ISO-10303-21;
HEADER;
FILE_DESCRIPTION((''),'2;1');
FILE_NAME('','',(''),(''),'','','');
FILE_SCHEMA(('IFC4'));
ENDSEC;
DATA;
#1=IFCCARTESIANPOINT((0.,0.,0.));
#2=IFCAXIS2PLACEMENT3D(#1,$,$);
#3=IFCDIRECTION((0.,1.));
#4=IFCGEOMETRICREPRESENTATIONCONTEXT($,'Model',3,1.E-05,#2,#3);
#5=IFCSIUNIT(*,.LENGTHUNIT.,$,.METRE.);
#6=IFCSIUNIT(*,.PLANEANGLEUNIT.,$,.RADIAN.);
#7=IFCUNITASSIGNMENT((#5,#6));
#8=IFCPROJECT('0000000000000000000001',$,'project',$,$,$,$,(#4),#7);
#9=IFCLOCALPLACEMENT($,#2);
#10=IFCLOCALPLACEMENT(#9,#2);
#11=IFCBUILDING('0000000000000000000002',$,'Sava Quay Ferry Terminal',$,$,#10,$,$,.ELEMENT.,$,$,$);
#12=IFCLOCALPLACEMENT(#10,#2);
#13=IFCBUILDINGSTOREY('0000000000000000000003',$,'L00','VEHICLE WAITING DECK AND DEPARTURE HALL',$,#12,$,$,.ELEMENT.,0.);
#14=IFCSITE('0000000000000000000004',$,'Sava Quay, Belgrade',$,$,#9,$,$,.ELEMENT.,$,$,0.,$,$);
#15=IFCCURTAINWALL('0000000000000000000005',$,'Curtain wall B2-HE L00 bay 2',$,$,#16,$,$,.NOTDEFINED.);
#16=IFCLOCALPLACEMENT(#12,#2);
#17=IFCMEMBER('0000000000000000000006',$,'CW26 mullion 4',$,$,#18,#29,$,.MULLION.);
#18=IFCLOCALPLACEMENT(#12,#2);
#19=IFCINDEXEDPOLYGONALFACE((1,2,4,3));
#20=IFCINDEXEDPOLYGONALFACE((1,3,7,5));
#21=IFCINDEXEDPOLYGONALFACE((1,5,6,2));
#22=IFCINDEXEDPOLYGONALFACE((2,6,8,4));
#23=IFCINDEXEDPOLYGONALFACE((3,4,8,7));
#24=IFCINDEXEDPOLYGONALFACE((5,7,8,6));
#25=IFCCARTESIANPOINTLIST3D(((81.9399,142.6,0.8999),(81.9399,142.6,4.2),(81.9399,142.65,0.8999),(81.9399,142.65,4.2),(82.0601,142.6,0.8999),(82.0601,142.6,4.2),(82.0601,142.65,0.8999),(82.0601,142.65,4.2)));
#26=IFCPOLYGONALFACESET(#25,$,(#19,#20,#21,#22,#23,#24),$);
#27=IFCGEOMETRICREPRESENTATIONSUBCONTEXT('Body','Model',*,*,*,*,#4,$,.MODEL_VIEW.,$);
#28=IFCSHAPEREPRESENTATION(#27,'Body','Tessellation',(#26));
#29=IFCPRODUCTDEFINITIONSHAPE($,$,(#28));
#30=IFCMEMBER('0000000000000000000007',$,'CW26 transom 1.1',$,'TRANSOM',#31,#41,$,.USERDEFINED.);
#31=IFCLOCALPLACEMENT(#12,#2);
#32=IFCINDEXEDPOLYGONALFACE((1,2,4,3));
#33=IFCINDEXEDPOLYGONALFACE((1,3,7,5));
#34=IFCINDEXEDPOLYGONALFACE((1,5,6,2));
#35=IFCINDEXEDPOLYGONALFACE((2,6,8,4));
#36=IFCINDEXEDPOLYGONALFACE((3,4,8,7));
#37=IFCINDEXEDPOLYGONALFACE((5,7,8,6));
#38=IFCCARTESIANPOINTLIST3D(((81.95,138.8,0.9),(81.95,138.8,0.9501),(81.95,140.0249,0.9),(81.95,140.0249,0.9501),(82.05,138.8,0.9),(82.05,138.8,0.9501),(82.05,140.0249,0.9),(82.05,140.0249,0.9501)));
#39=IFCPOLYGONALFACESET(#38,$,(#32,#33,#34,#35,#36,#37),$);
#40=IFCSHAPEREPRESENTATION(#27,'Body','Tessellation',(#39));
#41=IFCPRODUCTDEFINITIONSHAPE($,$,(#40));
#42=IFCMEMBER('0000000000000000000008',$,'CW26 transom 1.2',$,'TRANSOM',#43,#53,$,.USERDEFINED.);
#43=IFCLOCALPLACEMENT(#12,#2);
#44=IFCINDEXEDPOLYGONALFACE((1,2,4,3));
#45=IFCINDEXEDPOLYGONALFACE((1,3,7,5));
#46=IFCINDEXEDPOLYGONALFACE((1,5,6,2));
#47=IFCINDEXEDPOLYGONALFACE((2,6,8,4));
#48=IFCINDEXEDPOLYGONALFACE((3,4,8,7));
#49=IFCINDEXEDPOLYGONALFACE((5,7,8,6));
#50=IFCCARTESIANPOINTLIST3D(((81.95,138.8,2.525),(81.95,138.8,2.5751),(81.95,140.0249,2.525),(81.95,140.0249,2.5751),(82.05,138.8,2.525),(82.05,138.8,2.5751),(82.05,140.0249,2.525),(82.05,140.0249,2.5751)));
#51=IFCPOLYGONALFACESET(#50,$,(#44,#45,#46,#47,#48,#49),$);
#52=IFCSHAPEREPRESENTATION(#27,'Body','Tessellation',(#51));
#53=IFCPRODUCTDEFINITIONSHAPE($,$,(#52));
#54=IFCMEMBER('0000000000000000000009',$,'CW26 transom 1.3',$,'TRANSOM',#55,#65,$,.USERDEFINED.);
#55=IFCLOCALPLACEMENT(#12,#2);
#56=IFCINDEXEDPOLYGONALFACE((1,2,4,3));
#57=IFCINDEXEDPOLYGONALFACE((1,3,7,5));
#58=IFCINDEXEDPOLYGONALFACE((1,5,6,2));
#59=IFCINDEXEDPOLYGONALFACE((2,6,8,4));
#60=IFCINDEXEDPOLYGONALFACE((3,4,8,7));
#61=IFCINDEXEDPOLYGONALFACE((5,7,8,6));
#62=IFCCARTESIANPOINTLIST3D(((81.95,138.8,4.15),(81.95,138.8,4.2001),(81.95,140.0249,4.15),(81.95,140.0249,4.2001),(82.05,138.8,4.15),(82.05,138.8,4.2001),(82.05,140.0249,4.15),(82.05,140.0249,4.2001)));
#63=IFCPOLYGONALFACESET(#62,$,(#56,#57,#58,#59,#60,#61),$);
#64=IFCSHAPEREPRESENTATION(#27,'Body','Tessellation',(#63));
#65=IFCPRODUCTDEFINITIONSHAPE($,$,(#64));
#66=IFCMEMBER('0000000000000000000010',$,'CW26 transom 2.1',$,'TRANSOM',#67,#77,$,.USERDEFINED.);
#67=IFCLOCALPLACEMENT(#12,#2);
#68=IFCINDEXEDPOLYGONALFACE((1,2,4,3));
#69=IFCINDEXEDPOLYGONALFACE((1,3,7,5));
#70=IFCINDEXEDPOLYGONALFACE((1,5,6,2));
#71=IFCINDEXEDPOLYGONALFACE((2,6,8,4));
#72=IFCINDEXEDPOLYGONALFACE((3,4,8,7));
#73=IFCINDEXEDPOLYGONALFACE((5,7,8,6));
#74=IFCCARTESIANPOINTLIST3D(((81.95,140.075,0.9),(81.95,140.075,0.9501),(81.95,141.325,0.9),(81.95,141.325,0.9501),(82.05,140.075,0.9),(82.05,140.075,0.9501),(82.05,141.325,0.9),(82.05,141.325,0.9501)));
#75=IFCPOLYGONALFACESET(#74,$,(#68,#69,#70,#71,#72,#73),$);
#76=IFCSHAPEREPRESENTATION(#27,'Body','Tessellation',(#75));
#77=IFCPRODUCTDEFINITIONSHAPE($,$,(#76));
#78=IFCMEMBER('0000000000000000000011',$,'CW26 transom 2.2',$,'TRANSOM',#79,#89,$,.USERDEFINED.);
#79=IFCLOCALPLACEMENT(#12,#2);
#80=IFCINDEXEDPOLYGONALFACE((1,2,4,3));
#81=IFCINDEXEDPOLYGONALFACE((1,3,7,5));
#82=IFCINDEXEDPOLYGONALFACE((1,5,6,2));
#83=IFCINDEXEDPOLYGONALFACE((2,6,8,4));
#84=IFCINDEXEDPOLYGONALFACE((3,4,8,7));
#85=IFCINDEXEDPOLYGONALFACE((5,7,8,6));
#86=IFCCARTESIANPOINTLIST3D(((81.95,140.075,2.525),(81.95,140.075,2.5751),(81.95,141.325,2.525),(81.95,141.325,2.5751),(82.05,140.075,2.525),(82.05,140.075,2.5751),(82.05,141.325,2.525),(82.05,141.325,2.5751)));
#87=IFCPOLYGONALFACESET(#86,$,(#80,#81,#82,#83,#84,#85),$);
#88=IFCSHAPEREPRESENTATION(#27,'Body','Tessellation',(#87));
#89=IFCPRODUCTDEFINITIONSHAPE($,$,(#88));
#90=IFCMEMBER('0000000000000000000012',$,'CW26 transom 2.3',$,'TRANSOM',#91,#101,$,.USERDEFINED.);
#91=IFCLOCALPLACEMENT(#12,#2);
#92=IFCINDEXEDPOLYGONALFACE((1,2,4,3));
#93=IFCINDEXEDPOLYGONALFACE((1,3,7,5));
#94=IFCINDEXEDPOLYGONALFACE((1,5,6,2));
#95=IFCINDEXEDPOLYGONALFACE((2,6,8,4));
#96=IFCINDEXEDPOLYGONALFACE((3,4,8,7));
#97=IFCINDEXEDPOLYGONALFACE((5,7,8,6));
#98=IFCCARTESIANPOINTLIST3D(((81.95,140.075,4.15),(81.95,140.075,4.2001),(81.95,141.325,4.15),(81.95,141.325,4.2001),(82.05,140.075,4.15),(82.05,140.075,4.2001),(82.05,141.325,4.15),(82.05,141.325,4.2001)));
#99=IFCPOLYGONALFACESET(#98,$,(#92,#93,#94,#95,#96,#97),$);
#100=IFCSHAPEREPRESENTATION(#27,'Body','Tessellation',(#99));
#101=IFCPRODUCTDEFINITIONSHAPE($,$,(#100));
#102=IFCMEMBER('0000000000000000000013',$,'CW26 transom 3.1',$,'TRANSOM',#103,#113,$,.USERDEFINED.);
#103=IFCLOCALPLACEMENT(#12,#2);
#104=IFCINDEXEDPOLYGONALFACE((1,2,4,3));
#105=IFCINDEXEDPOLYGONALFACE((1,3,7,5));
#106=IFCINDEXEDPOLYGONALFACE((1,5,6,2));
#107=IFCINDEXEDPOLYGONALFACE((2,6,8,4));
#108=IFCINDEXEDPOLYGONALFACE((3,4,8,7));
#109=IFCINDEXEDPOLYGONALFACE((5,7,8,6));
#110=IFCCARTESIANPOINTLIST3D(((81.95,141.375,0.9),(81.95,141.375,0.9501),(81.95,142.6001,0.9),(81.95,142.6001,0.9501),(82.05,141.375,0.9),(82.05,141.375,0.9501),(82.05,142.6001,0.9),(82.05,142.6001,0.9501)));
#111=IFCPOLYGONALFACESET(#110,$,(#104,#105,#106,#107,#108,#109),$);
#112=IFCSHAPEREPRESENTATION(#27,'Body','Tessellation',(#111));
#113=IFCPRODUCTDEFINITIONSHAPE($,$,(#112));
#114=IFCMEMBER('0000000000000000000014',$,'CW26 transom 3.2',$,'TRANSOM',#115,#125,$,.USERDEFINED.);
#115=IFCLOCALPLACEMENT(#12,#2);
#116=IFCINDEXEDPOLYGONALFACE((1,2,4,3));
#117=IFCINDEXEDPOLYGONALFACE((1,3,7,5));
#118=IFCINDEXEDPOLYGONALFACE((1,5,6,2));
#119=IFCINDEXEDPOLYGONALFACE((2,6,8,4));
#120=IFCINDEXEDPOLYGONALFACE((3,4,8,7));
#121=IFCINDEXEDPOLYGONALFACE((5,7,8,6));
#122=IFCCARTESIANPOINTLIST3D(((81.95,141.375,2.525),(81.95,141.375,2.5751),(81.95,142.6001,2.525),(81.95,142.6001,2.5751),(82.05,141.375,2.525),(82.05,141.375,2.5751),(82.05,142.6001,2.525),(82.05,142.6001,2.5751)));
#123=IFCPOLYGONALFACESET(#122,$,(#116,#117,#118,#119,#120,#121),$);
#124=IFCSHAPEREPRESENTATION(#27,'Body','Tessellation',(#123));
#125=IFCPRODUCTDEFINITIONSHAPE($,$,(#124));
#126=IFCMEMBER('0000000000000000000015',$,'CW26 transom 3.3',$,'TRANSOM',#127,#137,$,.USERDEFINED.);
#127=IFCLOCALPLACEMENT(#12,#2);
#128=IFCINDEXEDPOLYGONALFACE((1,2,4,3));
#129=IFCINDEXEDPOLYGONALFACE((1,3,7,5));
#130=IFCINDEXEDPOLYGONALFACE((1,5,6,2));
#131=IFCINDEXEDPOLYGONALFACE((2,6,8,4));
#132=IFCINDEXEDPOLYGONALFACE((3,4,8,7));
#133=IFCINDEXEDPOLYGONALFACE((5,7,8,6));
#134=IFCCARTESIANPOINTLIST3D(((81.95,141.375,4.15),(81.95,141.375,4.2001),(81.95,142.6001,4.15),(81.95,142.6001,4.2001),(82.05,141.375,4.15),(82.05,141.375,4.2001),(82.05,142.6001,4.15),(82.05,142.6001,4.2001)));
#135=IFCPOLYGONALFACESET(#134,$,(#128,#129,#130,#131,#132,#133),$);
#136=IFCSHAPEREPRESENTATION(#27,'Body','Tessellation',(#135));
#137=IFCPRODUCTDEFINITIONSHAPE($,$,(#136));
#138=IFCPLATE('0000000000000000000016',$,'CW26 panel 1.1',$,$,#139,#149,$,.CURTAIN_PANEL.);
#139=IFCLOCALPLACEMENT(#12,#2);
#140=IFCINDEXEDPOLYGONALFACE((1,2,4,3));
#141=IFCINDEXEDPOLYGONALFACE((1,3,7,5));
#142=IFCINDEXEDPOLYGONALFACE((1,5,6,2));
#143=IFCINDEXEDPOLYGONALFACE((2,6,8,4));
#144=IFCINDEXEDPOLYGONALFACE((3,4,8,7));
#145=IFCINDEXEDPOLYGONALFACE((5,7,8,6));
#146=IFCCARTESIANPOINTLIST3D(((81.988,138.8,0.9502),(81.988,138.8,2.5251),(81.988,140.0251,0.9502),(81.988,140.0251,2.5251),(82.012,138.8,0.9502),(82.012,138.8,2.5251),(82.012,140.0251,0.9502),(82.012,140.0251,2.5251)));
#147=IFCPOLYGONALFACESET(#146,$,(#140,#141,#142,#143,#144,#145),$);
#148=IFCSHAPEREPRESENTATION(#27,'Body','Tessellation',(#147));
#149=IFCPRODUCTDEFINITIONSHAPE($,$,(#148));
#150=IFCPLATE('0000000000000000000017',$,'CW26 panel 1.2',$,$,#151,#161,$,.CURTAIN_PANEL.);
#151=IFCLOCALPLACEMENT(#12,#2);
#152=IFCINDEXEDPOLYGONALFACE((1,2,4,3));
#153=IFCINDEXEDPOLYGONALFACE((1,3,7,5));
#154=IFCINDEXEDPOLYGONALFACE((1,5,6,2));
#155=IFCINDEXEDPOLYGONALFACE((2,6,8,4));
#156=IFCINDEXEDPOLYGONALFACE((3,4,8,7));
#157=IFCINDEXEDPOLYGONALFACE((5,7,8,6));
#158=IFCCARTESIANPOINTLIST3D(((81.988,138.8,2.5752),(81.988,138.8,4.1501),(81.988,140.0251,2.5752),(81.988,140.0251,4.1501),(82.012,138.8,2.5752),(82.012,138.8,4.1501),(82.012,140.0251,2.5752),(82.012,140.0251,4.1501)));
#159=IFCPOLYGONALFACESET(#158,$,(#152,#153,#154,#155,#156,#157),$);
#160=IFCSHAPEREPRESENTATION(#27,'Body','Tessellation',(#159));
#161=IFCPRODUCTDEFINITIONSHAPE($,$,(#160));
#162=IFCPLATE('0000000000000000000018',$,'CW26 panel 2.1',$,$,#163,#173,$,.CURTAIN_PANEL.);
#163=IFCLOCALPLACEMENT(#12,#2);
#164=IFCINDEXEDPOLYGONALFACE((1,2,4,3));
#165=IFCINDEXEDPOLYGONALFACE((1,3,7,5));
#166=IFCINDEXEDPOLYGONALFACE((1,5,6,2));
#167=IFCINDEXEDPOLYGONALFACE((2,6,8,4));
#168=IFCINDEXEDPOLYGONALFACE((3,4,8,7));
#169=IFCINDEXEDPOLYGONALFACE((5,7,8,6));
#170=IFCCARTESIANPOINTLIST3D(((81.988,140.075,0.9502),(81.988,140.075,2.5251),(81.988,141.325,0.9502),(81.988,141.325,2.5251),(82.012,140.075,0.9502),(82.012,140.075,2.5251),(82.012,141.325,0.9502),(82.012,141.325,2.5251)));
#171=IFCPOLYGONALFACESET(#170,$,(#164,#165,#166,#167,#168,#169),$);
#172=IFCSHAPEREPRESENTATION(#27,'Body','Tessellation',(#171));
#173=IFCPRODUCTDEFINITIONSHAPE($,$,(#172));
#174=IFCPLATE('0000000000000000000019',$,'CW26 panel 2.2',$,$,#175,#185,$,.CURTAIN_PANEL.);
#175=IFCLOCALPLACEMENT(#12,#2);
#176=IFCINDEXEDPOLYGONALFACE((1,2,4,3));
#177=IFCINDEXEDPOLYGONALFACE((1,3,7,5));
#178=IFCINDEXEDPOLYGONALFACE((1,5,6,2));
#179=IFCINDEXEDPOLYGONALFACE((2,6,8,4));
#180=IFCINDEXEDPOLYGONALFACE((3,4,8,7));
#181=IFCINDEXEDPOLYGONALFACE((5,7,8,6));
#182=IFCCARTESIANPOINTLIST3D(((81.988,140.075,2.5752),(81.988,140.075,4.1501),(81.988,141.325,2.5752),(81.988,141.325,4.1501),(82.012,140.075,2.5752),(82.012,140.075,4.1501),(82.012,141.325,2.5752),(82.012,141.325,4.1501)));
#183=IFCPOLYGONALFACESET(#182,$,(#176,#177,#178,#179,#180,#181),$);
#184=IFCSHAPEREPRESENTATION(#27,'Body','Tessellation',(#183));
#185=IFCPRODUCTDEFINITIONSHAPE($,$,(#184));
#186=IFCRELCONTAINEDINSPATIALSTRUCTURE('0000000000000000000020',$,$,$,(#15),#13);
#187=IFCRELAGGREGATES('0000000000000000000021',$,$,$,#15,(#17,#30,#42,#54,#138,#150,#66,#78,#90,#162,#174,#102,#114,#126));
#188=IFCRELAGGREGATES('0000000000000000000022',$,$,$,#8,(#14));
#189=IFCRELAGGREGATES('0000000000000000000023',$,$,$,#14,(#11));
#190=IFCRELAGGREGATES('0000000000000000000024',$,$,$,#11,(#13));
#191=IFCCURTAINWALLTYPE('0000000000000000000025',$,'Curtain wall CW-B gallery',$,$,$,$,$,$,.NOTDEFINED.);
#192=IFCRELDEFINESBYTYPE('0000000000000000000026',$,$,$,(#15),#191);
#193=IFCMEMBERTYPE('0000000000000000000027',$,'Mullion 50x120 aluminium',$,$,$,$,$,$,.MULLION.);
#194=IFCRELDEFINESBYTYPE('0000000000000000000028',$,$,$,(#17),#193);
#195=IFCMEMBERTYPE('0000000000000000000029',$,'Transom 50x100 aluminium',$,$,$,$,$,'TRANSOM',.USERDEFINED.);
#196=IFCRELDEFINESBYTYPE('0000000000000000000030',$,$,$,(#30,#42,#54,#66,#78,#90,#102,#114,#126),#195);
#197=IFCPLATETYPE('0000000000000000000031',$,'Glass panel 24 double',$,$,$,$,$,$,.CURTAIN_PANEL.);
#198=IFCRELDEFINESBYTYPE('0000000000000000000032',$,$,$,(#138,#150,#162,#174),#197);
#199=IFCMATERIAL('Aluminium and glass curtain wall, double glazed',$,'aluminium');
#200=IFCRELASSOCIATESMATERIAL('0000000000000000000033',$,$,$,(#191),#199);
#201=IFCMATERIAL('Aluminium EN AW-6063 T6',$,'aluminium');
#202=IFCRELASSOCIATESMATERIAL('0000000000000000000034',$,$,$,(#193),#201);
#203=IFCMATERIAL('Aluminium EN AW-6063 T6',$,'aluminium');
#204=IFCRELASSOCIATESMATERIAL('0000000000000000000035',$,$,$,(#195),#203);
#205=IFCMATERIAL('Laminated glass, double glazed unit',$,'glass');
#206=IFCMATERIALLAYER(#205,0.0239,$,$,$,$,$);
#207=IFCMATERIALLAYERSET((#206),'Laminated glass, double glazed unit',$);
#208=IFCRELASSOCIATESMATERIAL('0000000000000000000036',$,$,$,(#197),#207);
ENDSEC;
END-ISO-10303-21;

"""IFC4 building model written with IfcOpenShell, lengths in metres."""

from ifc_helpers import new_model, si_unit, direction, frame, origin, origin_2d, place, context, subcontext, project, spatial, rectangle, extrude, material, layer, layer_set, material_profile, profile_set, type_object, element, aggregate, save


model = new_model("IFC4")

# Units and contexts
model_context = context("Model", 3, precision=1e-05, world=origin(), true_north=direction((0.0, 1.0)))
body_context = subcontext(model_context, "Body", "Model", "MODEL_VIEW")
ifc_project = project(units=[si_unit("LENGTHUNIT", "METRE"), si_unit("PLANEANGLEUNIT", "RADIAN")], contexts=[model_context])

# Site, building, storey
site_placement = place(None, origin())
site = spatial("IfcSite", under=ifc_project, at=site_placement, Name="Sava Quay, Belgrade", CompositionType="ELEMENT", RefElevation=0.0)
building_placement = place(site_placement, origin())
building = spatial("IfcBuilding", under=site, at=building_placement, Name="Sava Quay Ferry Terminal", CompositionType="ELEMENT")
storey_placement = place(building_placement, origin())
storey = spatial("IfcBuildingStorey", under=building, at=storey_placement, Name="L00", Description="VEHICLE WAITING DECK AND DEPARTURE HALL", CompositionType="ELEMENT", Elevation=0.0)

# Curtain wall, members, plates
ifc_material_1 = material(Name="Aluminium and glass curtain wall, double glazed", Category="aluminium")
curtain_wall_type = type_object("IfcCurtainWallType", Name="Curtain wall CW-B gallery", PredefinedType="NOTDEFINED", material=ifc_material_1)
curtain_wall_1_placement = place(storey_placement, origin())
curtain_wall_1 = element("IfcCurtainWall", 1, at=curtain_wall_1_placement, inside=storey, type_object=curtain_wall_type, Name="Curtain wall B2-HE L00 bay 2", PredefinedType="NOTDEFINED")
ifc_material_2 = material(Name="Aluminium EN AW-6063 T6", Category="aluminium")
ifc_material_profile_1 = material_profile(ifc_material_2, rectangle(XDim=0.1201, YDim=0.05, at=origin_2d()), Name="Mullion 50x120 aluminium")
ifc_profile_set_1 = profile_set([ifc_material_profile_1], Name="Aluminium EN AW-6063 T6")
member_type_1 = type_object("IfcMemberType", Name="Mullion 50x120 aluminium", PredefinedType="MULLION", material=ifc_profile_set_1)
member_1_placement = place(storey_placement, frame((82.0, 142.625, 0.8999), z_axis=(0.0, 0.0, 1.0), x_axis=(-1.0, 0.0, 0.0)))
member_1 = element("IfcMember", 2, at=member_1_placement, type_object=member_type_1, Name="CW26 mullion 4", PredefinedType="MULLION", context=body_context, shape_type="SweptSolid", body=[
    extrude(rectangle(XDim=0.1201, YDim=0.05, at=origin_2d()), origin(), (0.0, 0.0, 1.0), 3.3),
])
ifc_material_3 = material(Name="Aluminium EN AW-6063 T6", Category="aluminium")
ifc_material_profile_2 = material_profile(ifc_material_3, rectangle(XDim=0.1001, YDim=0.05, at=origin_2d()), Name="Transom 50x100 aluminium")
ifc_profile_set_2 = profile_set([ifc_material_profile_2], Name="Aluminium EN AW-6063 T6")
member_type_2 = type_object("IfcMemberType", Name="Transom 50x100 aluminium", ElementType="TRANSOM", PredefinedType="USERDEFINED", material=ifc_profile_set_2)
member_2_placement = place(storey_placement, frame((82.0, 138.8, 0.925), z_axis=(0.0, 1.0, 0.0), x_axis=(-1.0, 0.0, 0.0)))
member_2 = element("IfcMember", 3, at=member_2_placement, type_object=member_type_2, Name="CW26 transom 1.1", ObjectType="TRANSOM", PredefinedType="USERDEFINED", context=body_context, shape_type="SweptSolid", body=[
    extrude(rectangle(XDim=0.1001, YDim=0.05, at=origin_2d()), origin(), (0.0, 0.0, 1.0), 1.2249),
])
member_3_placement = place(storey_placement, frame((82.0, 138.8, 2.55), z_axis=(0.0, 1.0, 0.0), x_axis=(-1.0, 0.0, 0.0)))
member_3 = element("IfcMember", 4, at=member_3_placement, type_object=member_type_2, Name="CW26 transom 1.2", ObjectType="TRANSOM", PredefinedType="USERDEFINED", context=body_context, shape_type="SweptSolid", body=[
    extrude(rectangle(XDim=0.1001, YDim=0.05, at=origin_2d()), origin(), (0.0, 0.0, 1.0), 1.2249),
])
member_4_placement = place(storey_placement, frame((82.0, 138.8, 4.175), z_axis=(0.0, 1.0, 0.0), x_axis=(-1.0, 0.0, 0.0)))
member_4 = element("IfcMember", 5, at=member_4_placement, type_object=member_type_2, Name="CW26 transom 1.3", ObjectType="TRANSOM", PredefinedType="USERDEFINED", context=body_context, shape_type="SweptSolid", body=[
    extrude(rectangle(XDim=0.1001, YDim=0.05, at=origin_2d()), origin(), (0.0, 0.0, 1.0), 1.2249),
])
member_5_placement = place(storey_placement, frame((82.0, 140.075, 0.925), z_axis=(0.0, 1.0, 0.0), x_axis=(-1.0, 0.0, 0.0)))
member_5 = element("IfcMember", 6, at=member_5_placement, type_object=member_type_2, Name="CW26 transom 2.1", ObjectType="TRANSOM", PredefinedType="USERDEFINED", context=body_context, shape_type="SweptSolid", body=[
    extrude(rectangle(XDim=0.1001, YDim=0.05, at=origin_2d()), origin(), (0.0, 0.0, 1.0), 1.25),
])
member_6_placement = place(storey_placement, frame((82.0, 140.075, 2.55), z_axis=(0.0, 1.0, 0.0), x_axis=(-1.0, 0.0, 0.0)))
member_6 = element("IfcMember", 7, at=member_6_placement, type_object=member_type_2, Name="CW26 transom 2.2", ObjectType="TRANSOM", PredefinedType="USERDEFINED", context=body_context, shape_type="SweptSolid", body=[
    extrude(rectangle(XDim=0.1001, YDim=0.05, at=origin_2d()), origin(), (0.0, 0.0, 1.0), 1.25),
])
member_7_placement = place(storey_placement, frame((82.0, 140.075, 4.175), z_axis=(0.0, 1.0, 0.0), x_axis=(-1.0, 0.0, 0.0)))
member_7 = element("IfcMember", 8, at=member_7_placement, type_object=member_type_2, Name="CW26 transom 2.3", ObjectType="TRANSOM", PredefinedType="USERDEFINED", context=body_context, shape_type="SweptSolid", body=[
    extrude(rectangle(XDim=0.1001, YDim=0.05, at=origin_2d()), origin(), (0.0, 0.0, 1.0), 1.25),
])
member_8_placement = place(storey_placement, frame((82.0, 141.375, 0.925), z_axis=(0.0, 1.0, 0.0), x_axis=(-1.0, 0.0, 0.0)))
member_8 = element("IfcMember", 9, at=member_8_placement, type_object=member_type_2, Name="CW26 transom 3.1", ObjectType="TRANSOM", PredefinedType="USERDEFINED", context=body_context, shape_type="SweptSolid", body=[
    extrude(rectangle(XDim=0.1001, YDim=0.05, at=origin_2d()), origin(), (0.0, 0.0, 1.0), 1.2251),
])
member_9_placement = place(storey_placement, frame((82.0, 141.375, 2.55), z_axis=(0.0, 1.0, 0.0), x_axis=(-1.0, 0.0, 0.0)))
member_9 = element("IfcMember", 10, at=member_9_placement, type_object=member_type_2, Name="CW26 transom 3.2", ObjectType="TRANSOM", PredefinedType="USERDEFINED", context=body_context, shape_type="SweptSolid", body=[
    extrude(rectangle(XDim=0.1001, YDim=0.05, at=origin_2d()), origin(), (0.0, 0.0, 1.0), 1.2251),
])
member_10_placement = place(storey_placement, frame((82.0, 141.375, 4.175), z_axis=(0.0, 1.0, 0.0), x_axis=(-1.0, 0.0, 0.0)))
member_10 = element("IfcMember", 11, at=member_10_placement, type_object=member_type_2, Name="CW26 transom 3.3", ObjectType="TRANSOM", PredefinedType="USERDEFINED", context=body_context, shape_type="SweptSolid", body=[
    extrude(rectangle(XDim=0.1001, YDim=0.05, at=origin_2d()), origin(), (0.0, 0.0, 1.0), 1.2251),
])
ifc_material_4 = material(Name="Laminated glass, double glazed unit", Category="glass")
ifc_layer_1 = layer(ifc_material_4, 0.0239)
ifc_layer_set_1 = layer_set([ifc_layer_1], Name="Laminated glass, double glazed unit")
plate_type = type_object("IfcPlateType", Name="Glass panel 24 double", PredefinedType="CURTAIN_PANEL", material=ifc_layer_set_1)
plate_1_placement = place(storey_placement, frame((82.0, 139.4126, 0.9502), z_axis=(0.0, 0.0, 1.0), x_axis=(0.0, 1.0, 0.0)))
plate_1 = element("IfcPlate", 12, at=plate_1_placement, type_object=plate_type, Name="CW26 panel 1.1", PredefinedType="CURTAIN_PANEL", context=body_context, shape_type="SweptSolid", body=[
    extrude(rectangle(XDim=1.2251, YDim=0.0239, at=origin_2d()), origin(), (0.0, 0.0, 1.0), 1.575),
])
plate_2_placement = place(storey_placement, frame((82.0, 139.4126, 2.5752), z_axis=(0.0, 0.0, 1.0), x_axis=(0.0, 1.0, 0.0)))
plate_2 = element("IfcPlate", 13, at=plate_2_placement, type_object=plate_type, Name="CW26 panel 1.2", PredefinedType="CURTAIN_PANEL", context=body_context, shape_type="SweptSolid", body=[
    extrude(rectangle(XDim=1.2251, YDim=0.0239, at=origin_2d()), origin(), (0.0, 0.0, 1.0), 1.575),
])
plate_3_placement = place(storey_placement, frame((82.0, 140.7, 0.9502), z_axis=(0.0, 0.0, 1.0), x_axis=(0.0, 1.0, 0.0)))
plate_3 = element("IfcPlate", 14, at=plate_3_placement, type_object=plate_type, Name="CW26 panel 2.1", PredefinedType="CURTAIN_PANEL", context=body_context, shape_type="SweptSolid", body=[
    extrude(rectangle(XDim=1.25, YDim=0.0239, at=origin_2d()), origin(), (0.0, 0.0, 1.0), 1.575),
])
plate_4_placement = place(storey_placement, frame((82.0, 140.7, 2.5752), z_axis=(0.0, 0.0, 1.0), x_axis=(0.0, 1.0, 0.0)))
plate_4 = element("IfcPlate", 15, at=plate_4_placement, type_object=plate_type, Name="CW26 panel 2.2", PredefinedType="CURTAIN_PANEL", context=body_context, shape_type="SweptSolid", body=[
    extrude(rectangle(XDim=1.25, YDim=0.0239, at=origin_2d()), origin(), (0.0, 0.0, 1.0), 1.575),
])
aggregate(curtain_wall_1, [member_1, member_2, member_3, member_4, plate_1, plate_2, member_5, member_6, member_7, plate_3, plate_4, member_8, member_9, member_10])

save(model, "model.ifc")
